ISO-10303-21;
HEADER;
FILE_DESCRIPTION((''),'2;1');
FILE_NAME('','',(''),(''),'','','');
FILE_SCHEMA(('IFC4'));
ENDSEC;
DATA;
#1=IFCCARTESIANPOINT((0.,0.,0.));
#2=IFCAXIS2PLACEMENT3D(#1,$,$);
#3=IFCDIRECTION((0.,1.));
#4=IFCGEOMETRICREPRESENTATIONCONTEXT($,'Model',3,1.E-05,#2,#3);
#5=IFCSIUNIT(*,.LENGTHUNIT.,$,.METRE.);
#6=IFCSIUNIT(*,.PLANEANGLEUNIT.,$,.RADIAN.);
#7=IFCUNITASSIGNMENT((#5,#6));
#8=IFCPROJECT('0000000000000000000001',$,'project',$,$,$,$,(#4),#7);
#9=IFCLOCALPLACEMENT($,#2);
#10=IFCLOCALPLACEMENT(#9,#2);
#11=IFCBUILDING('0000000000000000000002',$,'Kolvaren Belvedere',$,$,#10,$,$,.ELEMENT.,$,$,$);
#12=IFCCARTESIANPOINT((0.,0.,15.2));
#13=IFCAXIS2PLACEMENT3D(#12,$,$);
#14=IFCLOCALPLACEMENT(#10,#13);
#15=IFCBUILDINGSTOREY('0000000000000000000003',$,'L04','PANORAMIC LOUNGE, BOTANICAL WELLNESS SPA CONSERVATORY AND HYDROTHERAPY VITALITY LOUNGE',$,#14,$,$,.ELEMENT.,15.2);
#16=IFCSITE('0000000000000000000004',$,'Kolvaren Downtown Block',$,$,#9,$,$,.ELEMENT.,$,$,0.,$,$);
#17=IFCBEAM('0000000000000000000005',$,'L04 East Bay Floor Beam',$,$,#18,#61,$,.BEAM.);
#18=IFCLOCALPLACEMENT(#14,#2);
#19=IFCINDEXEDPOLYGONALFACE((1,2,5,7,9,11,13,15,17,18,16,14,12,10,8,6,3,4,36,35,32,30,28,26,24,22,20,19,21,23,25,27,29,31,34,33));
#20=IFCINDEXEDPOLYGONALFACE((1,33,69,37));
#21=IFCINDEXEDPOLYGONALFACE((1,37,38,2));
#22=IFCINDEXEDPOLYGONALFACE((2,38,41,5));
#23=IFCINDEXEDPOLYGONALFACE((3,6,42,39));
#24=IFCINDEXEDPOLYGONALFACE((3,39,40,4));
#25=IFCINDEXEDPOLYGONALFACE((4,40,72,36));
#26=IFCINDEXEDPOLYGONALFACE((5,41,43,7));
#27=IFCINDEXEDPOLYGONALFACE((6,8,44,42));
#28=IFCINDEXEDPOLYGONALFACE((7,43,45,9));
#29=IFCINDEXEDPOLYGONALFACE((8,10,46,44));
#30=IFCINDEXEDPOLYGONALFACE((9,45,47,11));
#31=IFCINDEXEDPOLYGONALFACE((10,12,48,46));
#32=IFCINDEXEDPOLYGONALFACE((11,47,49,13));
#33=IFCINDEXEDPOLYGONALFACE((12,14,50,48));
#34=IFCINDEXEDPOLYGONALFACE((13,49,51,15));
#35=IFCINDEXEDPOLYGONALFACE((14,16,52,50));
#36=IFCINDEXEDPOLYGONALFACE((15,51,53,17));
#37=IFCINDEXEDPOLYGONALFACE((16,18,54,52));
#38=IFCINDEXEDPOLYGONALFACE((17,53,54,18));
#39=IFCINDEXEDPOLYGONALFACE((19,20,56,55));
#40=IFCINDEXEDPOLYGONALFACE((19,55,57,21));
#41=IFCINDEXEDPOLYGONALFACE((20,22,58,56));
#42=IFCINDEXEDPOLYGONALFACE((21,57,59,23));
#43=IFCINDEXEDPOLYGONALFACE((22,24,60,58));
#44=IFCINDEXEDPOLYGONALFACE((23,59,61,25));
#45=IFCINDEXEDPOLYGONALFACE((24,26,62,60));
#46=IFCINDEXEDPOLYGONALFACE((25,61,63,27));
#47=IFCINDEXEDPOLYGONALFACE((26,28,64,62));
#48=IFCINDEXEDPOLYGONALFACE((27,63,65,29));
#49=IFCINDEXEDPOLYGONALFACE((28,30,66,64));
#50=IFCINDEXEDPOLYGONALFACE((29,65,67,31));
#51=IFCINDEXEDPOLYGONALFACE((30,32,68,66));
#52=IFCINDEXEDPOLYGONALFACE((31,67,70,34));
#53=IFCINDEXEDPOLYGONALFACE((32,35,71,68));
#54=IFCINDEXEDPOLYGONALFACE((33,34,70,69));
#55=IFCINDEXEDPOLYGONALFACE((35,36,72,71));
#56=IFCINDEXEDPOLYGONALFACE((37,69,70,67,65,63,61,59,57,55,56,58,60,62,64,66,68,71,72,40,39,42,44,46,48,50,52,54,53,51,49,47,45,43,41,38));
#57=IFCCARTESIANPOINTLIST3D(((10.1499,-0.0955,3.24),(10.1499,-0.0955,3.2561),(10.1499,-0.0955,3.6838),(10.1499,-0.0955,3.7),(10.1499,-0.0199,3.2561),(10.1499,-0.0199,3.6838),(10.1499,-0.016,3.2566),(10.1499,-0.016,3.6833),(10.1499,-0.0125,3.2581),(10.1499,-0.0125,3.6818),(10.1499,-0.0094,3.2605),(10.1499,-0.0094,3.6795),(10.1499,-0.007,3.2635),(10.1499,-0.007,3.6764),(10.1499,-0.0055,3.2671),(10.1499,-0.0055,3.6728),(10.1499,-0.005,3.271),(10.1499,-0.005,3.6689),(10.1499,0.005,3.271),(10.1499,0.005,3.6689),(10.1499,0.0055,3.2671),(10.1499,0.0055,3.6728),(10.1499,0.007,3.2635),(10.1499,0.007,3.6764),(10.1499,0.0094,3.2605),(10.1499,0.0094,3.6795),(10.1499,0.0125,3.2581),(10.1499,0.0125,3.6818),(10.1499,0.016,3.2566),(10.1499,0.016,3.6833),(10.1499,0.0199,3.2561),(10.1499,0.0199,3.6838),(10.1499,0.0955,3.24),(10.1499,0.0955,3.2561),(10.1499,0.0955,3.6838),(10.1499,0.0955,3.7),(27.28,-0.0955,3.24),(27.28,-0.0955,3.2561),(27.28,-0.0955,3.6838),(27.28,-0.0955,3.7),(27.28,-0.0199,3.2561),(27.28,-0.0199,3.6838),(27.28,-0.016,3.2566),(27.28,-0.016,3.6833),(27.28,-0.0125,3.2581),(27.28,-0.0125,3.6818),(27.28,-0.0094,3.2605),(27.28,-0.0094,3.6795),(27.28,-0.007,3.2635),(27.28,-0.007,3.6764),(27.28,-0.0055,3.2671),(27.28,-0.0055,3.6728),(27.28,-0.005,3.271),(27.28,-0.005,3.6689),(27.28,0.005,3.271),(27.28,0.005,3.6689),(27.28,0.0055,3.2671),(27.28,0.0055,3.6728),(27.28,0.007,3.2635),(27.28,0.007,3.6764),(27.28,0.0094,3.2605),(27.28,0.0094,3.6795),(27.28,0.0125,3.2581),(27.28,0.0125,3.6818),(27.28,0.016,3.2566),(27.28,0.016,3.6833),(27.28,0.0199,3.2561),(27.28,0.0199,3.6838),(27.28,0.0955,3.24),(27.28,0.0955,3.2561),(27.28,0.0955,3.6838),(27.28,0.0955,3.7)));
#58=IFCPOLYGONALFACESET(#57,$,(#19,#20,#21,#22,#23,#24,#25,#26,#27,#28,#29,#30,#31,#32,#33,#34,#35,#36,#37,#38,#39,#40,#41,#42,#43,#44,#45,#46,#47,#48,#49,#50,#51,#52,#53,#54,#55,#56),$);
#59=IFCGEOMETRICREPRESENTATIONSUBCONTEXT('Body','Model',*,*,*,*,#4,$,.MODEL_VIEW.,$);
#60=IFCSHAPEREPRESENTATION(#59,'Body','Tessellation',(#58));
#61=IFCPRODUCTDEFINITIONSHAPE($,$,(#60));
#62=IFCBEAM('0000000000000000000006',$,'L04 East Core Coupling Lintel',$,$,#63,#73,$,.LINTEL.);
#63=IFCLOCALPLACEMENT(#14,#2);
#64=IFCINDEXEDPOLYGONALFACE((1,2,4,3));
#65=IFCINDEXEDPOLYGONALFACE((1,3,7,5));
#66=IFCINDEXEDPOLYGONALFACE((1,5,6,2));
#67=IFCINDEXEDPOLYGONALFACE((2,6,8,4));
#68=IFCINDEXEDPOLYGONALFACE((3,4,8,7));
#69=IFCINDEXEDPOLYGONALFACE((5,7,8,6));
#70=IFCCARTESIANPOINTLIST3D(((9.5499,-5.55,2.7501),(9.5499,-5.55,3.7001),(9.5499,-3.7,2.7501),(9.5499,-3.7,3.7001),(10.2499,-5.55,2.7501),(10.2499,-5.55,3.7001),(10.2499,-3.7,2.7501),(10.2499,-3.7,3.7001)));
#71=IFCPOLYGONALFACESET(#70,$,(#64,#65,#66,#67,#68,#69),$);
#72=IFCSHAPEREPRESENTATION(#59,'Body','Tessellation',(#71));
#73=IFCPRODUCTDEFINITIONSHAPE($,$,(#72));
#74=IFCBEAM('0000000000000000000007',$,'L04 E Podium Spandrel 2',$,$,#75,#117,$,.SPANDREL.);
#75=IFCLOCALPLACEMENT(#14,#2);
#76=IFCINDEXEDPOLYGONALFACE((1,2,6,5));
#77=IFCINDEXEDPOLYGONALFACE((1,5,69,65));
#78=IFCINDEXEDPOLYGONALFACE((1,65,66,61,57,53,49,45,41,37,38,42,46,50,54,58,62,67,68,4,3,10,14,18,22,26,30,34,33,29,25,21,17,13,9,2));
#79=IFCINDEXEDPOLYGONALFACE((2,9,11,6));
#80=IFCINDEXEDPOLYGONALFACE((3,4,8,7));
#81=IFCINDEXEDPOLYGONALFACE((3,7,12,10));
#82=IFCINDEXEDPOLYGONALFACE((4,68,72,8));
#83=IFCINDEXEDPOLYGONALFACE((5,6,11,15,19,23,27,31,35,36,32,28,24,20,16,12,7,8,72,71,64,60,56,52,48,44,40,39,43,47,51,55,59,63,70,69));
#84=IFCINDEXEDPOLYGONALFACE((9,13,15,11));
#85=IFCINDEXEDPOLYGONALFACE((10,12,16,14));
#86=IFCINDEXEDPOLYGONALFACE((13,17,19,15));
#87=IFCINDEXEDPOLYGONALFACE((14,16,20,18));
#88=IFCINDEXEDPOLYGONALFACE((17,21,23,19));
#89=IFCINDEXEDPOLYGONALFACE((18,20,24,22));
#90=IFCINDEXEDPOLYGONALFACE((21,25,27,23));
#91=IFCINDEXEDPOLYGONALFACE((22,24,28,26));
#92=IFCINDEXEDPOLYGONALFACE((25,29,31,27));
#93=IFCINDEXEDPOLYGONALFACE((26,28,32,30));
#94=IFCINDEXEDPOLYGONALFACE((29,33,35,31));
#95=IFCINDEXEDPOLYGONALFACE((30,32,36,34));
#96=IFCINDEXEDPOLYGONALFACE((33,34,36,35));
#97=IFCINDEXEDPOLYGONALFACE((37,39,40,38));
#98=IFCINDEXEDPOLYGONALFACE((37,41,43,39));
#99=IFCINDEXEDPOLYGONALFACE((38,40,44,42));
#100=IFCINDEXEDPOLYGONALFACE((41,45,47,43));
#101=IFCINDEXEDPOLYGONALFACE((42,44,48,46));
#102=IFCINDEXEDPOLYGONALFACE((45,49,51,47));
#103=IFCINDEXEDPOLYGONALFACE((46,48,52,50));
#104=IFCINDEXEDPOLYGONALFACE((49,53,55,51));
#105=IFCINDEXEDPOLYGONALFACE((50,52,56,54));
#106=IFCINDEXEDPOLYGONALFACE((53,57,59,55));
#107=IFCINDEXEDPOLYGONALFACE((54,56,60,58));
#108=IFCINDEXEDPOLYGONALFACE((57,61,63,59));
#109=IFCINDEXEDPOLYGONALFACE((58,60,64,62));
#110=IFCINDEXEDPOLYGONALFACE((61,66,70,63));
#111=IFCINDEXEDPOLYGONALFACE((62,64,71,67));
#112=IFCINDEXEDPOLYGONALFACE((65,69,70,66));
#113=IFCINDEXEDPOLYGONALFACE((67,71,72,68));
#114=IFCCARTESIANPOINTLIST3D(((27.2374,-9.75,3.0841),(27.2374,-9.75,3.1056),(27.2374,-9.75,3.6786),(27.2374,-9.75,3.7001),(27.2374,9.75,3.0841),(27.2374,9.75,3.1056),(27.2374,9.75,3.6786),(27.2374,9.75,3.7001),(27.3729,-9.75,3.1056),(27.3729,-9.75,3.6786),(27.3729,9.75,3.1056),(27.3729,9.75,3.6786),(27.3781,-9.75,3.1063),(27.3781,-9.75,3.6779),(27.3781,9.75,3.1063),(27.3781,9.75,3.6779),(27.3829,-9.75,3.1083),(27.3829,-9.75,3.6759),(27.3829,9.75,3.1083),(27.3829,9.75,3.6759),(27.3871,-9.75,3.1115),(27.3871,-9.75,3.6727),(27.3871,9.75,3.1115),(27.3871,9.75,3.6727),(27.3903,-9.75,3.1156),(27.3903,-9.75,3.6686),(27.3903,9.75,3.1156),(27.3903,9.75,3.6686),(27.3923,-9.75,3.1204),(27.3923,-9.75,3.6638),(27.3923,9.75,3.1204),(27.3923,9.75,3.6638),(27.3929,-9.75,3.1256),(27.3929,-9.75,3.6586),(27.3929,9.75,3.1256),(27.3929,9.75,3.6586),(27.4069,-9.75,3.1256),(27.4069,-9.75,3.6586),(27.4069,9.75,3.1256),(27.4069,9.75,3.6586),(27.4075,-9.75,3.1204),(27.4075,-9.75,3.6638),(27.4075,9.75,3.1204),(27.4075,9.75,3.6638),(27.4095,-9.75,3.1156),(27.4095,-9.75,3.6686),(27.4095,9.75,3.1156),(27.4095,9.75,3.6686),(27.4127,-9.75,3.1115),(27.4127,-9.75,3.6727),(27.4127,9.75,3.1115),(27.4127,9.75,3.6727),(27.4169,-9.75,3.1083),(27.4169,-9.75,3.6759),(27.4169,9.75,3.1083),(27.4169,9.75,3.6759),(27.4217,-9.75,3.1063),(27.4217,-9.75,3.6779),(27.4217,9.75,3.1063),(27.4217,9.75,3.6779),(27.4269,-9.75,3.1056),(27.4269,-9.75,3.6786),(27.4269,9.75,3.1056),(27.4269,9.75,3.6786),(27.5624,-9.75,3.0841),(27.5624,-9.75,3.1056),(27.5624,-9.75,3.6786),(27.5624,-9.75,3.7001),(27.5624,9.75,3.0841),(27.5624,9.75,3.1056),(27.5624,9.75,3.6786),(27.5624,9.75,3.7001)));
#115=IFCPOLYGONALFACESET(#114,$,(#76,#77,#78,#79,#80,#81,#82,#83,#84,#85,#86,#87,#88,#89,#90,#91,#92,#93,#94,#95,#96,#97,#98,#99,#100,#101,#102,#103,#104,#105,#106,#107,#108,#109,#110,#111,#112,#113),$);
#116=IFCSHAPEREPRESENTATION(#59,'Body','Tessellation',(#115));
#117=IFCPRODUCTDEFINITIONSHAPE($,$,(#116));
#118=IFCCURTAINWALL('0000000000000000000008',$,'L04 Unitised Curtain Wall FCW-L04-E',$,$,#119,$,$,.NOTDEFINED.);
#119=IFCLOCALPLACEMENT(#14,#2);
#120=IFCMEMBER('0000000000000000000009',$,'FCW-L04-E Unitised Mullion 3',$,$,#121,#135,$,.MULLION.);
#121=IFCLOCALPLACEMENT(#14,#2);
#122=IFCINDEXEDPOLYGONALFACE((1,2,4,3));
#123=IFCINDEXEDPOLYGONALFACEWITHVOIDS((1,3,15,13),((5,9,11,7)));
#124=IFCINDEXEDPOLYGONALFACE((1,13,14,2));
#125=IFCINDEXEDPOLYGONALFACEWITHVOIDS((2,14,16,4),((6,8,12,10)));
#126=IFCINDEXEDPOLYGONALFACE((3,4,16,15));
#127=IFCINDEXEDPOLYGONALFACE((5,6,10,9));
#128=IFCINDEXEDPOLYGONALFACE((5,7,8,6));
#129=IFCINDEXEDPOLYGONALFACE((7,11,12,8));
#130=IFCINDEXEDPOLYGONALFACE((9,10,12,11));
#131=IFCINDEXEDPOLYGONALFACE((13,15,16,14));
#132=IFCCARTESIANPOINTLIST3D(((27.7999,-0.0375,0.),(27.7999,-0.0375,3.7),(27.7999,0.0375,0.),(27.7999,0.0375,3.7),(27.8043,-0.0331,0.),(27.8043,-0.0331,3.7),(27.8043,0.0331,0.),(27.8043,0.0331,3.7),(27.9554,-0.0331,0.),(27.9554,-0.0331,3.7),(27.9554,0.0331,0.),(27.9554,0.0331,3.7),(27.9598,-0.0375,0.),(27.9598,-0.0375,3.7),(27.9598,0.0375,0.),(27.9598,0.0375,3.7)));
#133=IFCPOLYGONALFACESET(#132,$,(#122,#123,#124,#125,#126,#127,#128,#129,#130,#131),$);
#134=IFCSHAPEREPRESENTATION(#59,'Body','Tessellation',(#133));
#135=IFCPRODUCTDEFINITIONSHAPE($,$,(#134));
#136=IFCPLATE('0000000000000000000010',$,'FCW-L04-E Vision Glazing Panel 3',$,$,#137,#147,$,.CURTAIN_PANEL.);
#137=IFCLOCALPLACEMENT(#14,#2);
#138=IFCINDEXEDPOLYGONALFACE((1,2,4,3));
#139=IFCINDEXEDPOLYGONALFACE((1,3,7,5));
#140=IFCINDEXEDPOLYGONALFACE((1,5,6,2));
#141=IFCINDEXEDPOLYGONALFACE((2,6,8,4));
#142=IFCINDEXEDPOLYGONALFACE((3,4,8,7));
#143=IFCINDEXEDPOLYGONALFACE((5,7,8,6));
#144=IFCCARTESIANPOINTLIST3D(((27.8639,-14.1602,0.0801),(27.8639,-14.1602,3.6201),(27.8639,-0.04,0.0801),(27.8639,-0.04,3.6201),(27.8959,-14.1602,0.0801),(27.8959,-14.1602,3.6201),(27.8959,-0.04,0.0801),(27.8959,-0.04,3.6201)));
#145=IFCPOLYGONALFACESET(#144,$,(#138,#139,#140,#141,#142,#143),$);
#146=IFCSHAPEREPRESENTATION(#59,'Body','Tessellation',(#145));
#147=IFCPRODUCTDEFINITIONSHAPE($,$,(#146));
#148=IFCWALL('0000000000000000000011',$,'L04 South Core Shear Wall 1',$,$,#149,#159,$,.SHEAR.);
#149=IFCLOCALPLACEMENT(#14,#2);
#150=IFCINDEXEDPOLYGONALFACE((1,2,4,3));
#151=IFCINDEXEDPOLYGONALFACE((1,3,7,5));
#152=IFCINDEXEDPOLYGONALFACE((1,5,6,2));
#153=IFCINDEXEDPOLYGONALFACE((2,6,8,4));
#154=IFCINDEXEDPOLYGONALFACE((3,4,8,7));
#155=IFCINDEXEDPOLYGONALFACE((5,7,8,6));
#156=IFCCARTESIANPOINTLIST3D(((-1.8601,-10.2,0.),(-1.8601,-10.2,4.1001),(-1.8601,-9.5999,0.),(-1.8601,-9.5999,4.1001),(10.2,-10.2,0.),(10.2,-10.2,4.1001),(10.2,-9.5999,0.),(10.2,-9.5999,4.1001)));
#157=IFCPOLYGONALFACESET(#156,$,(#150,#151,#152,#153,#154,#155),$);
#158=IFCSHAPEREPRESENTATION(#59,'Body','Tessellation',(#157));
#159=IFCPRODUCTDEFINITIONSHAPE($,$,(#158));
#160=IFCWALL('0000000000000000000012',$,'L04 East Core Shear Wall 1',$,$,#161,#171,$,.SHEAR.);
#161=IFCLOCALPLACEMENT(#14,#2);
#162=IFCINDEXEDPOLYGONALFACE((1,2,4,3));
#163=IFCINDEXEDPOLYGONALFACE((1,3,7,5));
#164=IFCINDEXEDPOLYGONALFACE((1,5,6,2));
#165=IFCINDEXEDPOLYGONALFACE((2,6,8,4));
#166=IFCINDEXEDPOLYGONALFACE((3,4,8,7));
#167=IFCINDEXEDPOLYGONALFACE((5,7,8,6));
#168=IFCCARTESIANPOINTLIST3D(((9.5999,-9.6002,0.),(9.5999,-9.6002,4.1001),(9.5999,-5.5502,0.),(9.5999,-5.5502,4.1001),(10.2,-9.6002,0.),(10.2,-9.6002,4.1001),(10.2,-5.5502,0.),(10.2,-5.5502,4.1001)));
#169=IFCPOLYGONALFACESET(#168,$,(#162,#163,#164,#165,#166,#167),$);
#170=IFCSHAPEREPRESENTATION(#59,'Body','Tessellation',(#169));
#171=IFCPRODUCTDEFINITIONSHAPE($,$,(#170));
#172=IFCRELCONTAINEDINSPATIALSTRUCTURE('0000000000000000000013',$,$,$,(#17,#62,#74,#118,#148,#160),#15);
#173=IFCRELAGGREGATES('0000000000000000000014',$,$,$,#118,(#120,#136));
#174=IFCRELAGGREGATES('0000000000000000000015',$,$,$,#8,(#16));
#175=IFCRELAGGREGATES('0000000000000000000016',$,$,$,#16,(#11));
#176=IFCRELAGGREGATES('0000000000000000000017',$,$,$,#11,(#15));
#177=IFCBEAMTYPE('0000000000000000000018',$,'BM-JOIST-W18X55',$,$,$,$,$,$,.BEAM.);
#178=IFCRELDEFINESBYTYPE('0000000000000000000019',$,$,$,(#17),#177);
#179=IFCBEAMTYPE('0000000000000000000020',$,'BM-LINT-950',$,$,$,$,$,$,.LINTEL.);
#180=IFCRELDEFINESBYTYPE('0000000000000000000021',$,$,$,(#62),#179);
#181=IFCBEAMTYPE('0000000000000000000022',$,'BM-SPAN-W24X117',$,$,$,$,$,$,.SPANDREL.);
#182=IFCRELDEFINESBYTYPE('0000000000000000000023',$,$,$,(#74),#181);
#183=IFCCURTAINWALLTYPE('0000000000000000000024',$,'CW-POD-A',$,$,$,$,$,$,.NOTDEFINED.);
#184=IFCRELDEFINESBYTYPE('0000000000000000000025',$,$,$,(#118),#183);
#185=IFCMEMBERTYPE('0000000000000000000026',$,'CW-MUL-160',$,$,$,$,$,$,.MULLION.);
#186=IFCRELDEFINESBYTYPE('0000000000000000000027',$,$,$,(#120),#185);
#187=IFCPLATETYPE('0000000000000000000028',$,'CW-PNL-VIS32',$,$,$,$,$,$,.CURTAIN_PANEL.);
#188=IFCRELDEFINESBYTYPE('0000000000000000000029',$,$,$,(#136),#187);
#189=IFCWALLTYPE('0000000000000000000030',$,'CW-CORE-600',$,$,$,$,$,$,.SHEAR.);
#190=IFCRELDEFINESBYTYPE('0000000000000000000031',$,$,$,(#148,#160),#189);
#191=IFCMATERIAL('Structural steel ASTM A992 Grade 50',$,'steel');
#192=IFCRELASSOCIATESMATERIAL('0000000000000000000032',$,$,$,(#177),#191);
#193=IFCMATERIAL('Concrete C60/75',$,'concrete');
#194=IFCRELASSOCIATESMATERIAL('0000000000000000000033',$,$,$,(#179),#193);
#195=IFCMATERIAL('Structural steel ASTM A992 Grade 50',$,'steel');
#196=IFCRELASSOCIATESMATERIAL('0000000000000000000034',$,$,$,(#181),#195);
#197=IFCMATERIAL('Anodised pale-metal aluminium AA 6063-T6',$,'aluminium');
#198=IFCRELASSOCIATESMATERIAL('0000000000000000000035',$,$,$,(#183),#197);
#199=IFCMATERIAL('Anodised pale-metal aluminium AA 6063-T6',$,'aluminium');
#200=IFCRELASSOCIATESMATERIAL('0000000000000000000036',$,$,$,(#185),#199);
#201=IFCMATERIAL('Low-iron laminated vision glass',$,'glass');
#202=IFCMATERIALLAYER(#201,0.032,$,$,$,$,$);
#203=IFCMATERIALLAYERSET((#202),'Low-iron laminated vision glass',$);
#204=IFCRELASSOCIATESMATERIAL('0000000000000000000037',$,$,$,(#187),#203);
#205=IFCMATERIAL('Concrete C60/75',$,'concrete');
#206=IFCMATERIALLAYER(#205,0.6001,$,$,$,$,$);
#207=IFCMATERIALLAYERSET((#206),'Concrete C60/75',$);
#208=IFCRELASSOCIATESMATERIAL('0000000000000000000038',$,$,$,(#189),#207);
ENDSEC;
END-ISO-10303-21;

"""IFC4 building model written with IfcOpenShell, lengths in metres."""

from ifc_helpers import new_model, si_unit, direction, frame, frame_2d, origin, origin_2d, place, context, subcontext, project, spatial, rectangle, hollow_rectangle, i_section, extrude, material, layer, layer_set, material_profile, profile_set, type_object, element, aggregate, save


model = new_model("IFC4")

# Units and contexts
model_context = context("Model", 3, precision=1e-05, world=origin(), true_north=direction((0.0, 1.0)))
body_context = subcontext(model_context, "Body", "Model", "MODEL_VIEW")
ifc_project = project(units=[si_unit("LENGTHUNIT", "METRE"), si_unit("PLANEANGLEUNIT", "RADIAN")], contexts=[model_context])

# Site, building, storey
site_placement = place(None, origin())
site = spatial("IfcSite", under=ifc_project, at=site_placement, Name="Kolvaren Downtown Block", CompositionType="ELEMENT", RefElevation=0.0)
building_placement = place(site_placement, origin())
building = spatial("IfcBuilding", under=site, at=building_placement, Name="Kolvaren Belvedere", CompositionType="ELEMENT")
storey_placement = place(building_placement, frame((0.0, 0.0, 15.2)))
storey = spatial("IfcBuildingStorey", under=building, at=storey_placement, Name="L04", Description="PANORAMIC LOUNGE, BOTANICAL WELLNESS SPA CONSERVATORY AND HYDROTHERAPY VITALITY LOUNGE", CompositionType="ELEMENT", Elevation=15.2)

# Beams
ifc_material_1 = material(Name="Structural steel ASTM A992 Grade 50", Category="steel")
ifc_material_profile_1 = material_profile(ifc_material_1, i_section(OverallWidth=0.1909, OverallDepth=0.46, WebThickness=0.01, FlangeThickness=0.0161, FilletRadius=0.0149, at=origin_2d()), Name="W18X55")
ifc_profile_set_1 = profile_set([ifc_material_profile_1], Name="Structural steel ASTM A992 Grade 50")
beam_type_1 = type_object("IfcBeamType", Name="BM-JOIST-W18X55", PredefinedType="BEAM", material=ifc_profile_set_1)
for number, where, z_axis, x_axis, name in (
    (1, (10.1499, 0.0, 3.47), (1.0, 0.0, 0.0), (0.0, 1.0, 0.0), "L04 East Bay Floor Beam"),
):
    element("IfcBeam", number, at=place(storey_placement, frame(where, z_axis=z_axis, x_axis=x_axis)), inside=storey, type_object=beam_type_1, Name=name, PredefinedType="BEAM", context=body_context, shape_type="SweptSolid", body=[
        extrude(i_section(OverallWidth=0.1909, OverallDepth=0.46, WebThickness=0.01, FlangeThickness=0.0161, FilletRadius=0.0149, at=origin_2d()), origin(), (0.0, 0.0, 1.0), 17.1301),
    ])
ifc_material_2 = material(Name="Concrete C60/75", Category="concrete")
ifc_material_profile_2 = material_profile(ifc_material_2, rectangle(XDim=0.7, YDim=0.95, at=origin_2d()), Name="RC 700X950")
ifc_profile_set_2 = profile_set([ifc_material_profile_2], Name="Concrete C60/75")
beam_type_2 = type_object("IfcBeamType", Name="BM-LINT-950", PredefinedType="LINTEL", material=ifc_profile_set_2)
beam_1_placement = place(storey_placement, frame((9.8999, -5.55, 3.2251), z_axis=(0.0, 1.0, 0.0), x_axis=(-1.0, 0.0, 0.0)))
element("IfcBeam", 2, at=beam_1_placement, inside=storey, type_object=beam_type_2, Name="L04 East Core Coupling Lintel", PredefinedType="LINTEL", context=body_context, shape_type="SweptSolid", body=[
    extrude(rectangle(XDim=0.7, YDim=0.95, at=origin_2d()), origin(), (0.0, 0.0, 1.0), 1.8501),
])
ifc_material_3 = material(Name="Structural steel ASTM A992 Grade 50", Category="steel")
ifc_material_profile_3 = material_profile(ifc_material_3, i_section(OverallWidth=0.325, OverallDepth=0.616, WebThickness=0.0139, FlangeThickness=0.0215, FilletRadius=0.02, at=origin_2d()), Name="W24X117")
ifc_profile_set_3 = profile_set([ifc_material_profile_3], Name="Structural steel ASTM A992 Grade 50")
beam_type_3 = type_object("IfcBeamType", Name="BM-SPAN-W24X117", PredefinedType="SPANDREL", material=ifc_profile_set_3)
beam_2_placement = place(storey_placement, frame((27.3999, -9.75, 3.3921), z_axis=(0.0, 1.0, 0.0), x_axis=(-1.0, 0.0, 0.0)))
element("IfcBeam", 3, at=beam_2_placement, inside=storey, type_object=beam_type_3, Name="L04 E Podium Spandrel 2", PredefinedType="SPANDREL", context=body_context, shape_type="SweptSolid", body=[
    extrude(i_section(OverallWidth=0.325, OverallDepth=0.616, WebThickness=0.0139, FlangeThickness=0.0215, FilletRadius=0.02, at=origin_2d()), origin(), (0.0, 0.0, 1.0), 19.5),
])

# Curtain wall, member, plate
ifc_material_4 = material(Name="Anodised pale-metal aluminium AA 6063-T6", Category="aluminium")
curtain_wall_type = type_object("IfcCurtainWallType", Name="CW-POD-A", PredefinedType="NOTDEFINED", material=ifc_material_4)
curtain_wall_placement = place(storey_placement, origin())
curtain_wall = element("IfcCurtainWall", 4, at=curtain_wall_placement, inside=storey, type_object=curtain_wall_type, Name="L04 Unitised Curtain Wall FCW-L04-E", PredefinedType="NOTDEFINED")
ifc_material_5 = material(Name="Anodised pale-metal aluminium AA 6063-T6", Category="aluminium")
ifc_material_profile_4 = material_profile(ifc_material_5, hollow_rectangle(XDim=0.075, YDim=0.1599, WallThickness=0.0044, at=origin_2d()), Name="ALU-MUL-160X75")
ifc_profile_set_4 = profile_set([ifc_material_profile_4], Name="Anodised pale-metal aluminium AA 6063-T6")
member_type = type_object("IfcMemberType", Name="CW-MUL-160", PredefinedType="MULLION", material=ifc_profile_set_4)
member_placement = place(storey_placement, frame((27.8799, 0.0, 0.0), z_axis=(0.0, 0.0, 1.0), x_axis=(0.0, 1.0, 0.0)))
member = element("IfcMember", 5, at=member_placement, type_object=member_type, Name="FCW-L04-E Unitised Mullion 3", PredefinedType="MULLION", context=body_context, shape_type="SweptSolid", body=[
    extrude(hollow_rectangle(XDim=0.075, YDim=0.1599, WallThickness=0.0044, at=origin_2d()), origin(), (0.0, 0.0, 1.0), 3.7),
])
ifc_material_6 = material(Name="Low-iron laminated vision glass", Category="glass")
ifc_layer_1 = layer(ifc_material_6, 0.032)
ifc_layer_set_1 = layer_set([ifc_layer_1], Name="Low-iron laminated vision glass")
plate_type = type_object("IfcPlateType", Name="CW-PNL-VIS32", PredefinedType="CURTAIN_PANEL", material=ifc_layer_set_1)
plate_placement = place(storey_placement, frame((27.8799, -7.1001, 0.0801), z_axis=(0.0, 0.0, 1.0), x_axis=(0.0, -1.0, 0.0)))
plate = element("IfcPlate", 6, at=plate_placement, type_object=plate_type, Name="FCW-L04-E Vision Glazing Panel 3", PredefinedType="CURTAIN_PANEL", context=body_context, shape_type="SweptSolid", body=[
    extrude(rectangle(XDim=14.1201, YDim=0.032, at=origin_2d()), origin(), (0.0, 0.0, 1.0), 3.54),
])
aggregate(curtain_wall, [member, plate])

# Walls
ifc_material_7 = material(Name="Concrete C60/75", Category="concrete")
ifc_layer_2 = layer(ifc_material_7, 0.6001)
ifc_layer_set_2 = layer_set([ifc_layer_2], Name="Concrete C60/75")
wall_type_1 = type_object("IfcWallType", Name="CW-CORE-600", PredefinedType="SHEAR", material=ifc_layer_set_2)
wall_1_placement = place(storey_placement, frame((10.2, -9.8999, 0.0), z_axis=(0.0, 0.0, 1.0), x_axis=(-1.0, 0.0, 0.0)))
element("IfcWall", 7, at=wall_1_placement, inside=storey, type_object=wall_type_1, Name="L04 South Core Shear Wall 1", PredefinedType="SHEAR", context=body_context, shape_type="SweptSolid", body=[
    extrude(rectangle(XDim=12.0601, YDim=0.6001, at=frame_2d((6.03, 0.0))), origin(), (0.0, 0.0, 1.0), 4.1001),
])
wall_2_placement = place(storey_placement, frame((9.8999, -9.6001, 0.0), z_axis=(0.0, 0.0, 1.0), x_axis=(0.0, 1.0, 0.0)))
element("IfcWall", 8, at=wall_2_placement, inside=storey, type_object=wall_type_1, Name="L04 East Core Shear Wall 1", PredefinedType="SHEAR", context=body_context, shape_type="SweptSolid", body=[
    extrude(rectangle(XDim=4.05, YDim=0.6001, at=frame_2d((2.0249, 0.0))), origin(), (0.0, 0.0, 1.0), 4.1001),
])

save(model, "model.ifc")
